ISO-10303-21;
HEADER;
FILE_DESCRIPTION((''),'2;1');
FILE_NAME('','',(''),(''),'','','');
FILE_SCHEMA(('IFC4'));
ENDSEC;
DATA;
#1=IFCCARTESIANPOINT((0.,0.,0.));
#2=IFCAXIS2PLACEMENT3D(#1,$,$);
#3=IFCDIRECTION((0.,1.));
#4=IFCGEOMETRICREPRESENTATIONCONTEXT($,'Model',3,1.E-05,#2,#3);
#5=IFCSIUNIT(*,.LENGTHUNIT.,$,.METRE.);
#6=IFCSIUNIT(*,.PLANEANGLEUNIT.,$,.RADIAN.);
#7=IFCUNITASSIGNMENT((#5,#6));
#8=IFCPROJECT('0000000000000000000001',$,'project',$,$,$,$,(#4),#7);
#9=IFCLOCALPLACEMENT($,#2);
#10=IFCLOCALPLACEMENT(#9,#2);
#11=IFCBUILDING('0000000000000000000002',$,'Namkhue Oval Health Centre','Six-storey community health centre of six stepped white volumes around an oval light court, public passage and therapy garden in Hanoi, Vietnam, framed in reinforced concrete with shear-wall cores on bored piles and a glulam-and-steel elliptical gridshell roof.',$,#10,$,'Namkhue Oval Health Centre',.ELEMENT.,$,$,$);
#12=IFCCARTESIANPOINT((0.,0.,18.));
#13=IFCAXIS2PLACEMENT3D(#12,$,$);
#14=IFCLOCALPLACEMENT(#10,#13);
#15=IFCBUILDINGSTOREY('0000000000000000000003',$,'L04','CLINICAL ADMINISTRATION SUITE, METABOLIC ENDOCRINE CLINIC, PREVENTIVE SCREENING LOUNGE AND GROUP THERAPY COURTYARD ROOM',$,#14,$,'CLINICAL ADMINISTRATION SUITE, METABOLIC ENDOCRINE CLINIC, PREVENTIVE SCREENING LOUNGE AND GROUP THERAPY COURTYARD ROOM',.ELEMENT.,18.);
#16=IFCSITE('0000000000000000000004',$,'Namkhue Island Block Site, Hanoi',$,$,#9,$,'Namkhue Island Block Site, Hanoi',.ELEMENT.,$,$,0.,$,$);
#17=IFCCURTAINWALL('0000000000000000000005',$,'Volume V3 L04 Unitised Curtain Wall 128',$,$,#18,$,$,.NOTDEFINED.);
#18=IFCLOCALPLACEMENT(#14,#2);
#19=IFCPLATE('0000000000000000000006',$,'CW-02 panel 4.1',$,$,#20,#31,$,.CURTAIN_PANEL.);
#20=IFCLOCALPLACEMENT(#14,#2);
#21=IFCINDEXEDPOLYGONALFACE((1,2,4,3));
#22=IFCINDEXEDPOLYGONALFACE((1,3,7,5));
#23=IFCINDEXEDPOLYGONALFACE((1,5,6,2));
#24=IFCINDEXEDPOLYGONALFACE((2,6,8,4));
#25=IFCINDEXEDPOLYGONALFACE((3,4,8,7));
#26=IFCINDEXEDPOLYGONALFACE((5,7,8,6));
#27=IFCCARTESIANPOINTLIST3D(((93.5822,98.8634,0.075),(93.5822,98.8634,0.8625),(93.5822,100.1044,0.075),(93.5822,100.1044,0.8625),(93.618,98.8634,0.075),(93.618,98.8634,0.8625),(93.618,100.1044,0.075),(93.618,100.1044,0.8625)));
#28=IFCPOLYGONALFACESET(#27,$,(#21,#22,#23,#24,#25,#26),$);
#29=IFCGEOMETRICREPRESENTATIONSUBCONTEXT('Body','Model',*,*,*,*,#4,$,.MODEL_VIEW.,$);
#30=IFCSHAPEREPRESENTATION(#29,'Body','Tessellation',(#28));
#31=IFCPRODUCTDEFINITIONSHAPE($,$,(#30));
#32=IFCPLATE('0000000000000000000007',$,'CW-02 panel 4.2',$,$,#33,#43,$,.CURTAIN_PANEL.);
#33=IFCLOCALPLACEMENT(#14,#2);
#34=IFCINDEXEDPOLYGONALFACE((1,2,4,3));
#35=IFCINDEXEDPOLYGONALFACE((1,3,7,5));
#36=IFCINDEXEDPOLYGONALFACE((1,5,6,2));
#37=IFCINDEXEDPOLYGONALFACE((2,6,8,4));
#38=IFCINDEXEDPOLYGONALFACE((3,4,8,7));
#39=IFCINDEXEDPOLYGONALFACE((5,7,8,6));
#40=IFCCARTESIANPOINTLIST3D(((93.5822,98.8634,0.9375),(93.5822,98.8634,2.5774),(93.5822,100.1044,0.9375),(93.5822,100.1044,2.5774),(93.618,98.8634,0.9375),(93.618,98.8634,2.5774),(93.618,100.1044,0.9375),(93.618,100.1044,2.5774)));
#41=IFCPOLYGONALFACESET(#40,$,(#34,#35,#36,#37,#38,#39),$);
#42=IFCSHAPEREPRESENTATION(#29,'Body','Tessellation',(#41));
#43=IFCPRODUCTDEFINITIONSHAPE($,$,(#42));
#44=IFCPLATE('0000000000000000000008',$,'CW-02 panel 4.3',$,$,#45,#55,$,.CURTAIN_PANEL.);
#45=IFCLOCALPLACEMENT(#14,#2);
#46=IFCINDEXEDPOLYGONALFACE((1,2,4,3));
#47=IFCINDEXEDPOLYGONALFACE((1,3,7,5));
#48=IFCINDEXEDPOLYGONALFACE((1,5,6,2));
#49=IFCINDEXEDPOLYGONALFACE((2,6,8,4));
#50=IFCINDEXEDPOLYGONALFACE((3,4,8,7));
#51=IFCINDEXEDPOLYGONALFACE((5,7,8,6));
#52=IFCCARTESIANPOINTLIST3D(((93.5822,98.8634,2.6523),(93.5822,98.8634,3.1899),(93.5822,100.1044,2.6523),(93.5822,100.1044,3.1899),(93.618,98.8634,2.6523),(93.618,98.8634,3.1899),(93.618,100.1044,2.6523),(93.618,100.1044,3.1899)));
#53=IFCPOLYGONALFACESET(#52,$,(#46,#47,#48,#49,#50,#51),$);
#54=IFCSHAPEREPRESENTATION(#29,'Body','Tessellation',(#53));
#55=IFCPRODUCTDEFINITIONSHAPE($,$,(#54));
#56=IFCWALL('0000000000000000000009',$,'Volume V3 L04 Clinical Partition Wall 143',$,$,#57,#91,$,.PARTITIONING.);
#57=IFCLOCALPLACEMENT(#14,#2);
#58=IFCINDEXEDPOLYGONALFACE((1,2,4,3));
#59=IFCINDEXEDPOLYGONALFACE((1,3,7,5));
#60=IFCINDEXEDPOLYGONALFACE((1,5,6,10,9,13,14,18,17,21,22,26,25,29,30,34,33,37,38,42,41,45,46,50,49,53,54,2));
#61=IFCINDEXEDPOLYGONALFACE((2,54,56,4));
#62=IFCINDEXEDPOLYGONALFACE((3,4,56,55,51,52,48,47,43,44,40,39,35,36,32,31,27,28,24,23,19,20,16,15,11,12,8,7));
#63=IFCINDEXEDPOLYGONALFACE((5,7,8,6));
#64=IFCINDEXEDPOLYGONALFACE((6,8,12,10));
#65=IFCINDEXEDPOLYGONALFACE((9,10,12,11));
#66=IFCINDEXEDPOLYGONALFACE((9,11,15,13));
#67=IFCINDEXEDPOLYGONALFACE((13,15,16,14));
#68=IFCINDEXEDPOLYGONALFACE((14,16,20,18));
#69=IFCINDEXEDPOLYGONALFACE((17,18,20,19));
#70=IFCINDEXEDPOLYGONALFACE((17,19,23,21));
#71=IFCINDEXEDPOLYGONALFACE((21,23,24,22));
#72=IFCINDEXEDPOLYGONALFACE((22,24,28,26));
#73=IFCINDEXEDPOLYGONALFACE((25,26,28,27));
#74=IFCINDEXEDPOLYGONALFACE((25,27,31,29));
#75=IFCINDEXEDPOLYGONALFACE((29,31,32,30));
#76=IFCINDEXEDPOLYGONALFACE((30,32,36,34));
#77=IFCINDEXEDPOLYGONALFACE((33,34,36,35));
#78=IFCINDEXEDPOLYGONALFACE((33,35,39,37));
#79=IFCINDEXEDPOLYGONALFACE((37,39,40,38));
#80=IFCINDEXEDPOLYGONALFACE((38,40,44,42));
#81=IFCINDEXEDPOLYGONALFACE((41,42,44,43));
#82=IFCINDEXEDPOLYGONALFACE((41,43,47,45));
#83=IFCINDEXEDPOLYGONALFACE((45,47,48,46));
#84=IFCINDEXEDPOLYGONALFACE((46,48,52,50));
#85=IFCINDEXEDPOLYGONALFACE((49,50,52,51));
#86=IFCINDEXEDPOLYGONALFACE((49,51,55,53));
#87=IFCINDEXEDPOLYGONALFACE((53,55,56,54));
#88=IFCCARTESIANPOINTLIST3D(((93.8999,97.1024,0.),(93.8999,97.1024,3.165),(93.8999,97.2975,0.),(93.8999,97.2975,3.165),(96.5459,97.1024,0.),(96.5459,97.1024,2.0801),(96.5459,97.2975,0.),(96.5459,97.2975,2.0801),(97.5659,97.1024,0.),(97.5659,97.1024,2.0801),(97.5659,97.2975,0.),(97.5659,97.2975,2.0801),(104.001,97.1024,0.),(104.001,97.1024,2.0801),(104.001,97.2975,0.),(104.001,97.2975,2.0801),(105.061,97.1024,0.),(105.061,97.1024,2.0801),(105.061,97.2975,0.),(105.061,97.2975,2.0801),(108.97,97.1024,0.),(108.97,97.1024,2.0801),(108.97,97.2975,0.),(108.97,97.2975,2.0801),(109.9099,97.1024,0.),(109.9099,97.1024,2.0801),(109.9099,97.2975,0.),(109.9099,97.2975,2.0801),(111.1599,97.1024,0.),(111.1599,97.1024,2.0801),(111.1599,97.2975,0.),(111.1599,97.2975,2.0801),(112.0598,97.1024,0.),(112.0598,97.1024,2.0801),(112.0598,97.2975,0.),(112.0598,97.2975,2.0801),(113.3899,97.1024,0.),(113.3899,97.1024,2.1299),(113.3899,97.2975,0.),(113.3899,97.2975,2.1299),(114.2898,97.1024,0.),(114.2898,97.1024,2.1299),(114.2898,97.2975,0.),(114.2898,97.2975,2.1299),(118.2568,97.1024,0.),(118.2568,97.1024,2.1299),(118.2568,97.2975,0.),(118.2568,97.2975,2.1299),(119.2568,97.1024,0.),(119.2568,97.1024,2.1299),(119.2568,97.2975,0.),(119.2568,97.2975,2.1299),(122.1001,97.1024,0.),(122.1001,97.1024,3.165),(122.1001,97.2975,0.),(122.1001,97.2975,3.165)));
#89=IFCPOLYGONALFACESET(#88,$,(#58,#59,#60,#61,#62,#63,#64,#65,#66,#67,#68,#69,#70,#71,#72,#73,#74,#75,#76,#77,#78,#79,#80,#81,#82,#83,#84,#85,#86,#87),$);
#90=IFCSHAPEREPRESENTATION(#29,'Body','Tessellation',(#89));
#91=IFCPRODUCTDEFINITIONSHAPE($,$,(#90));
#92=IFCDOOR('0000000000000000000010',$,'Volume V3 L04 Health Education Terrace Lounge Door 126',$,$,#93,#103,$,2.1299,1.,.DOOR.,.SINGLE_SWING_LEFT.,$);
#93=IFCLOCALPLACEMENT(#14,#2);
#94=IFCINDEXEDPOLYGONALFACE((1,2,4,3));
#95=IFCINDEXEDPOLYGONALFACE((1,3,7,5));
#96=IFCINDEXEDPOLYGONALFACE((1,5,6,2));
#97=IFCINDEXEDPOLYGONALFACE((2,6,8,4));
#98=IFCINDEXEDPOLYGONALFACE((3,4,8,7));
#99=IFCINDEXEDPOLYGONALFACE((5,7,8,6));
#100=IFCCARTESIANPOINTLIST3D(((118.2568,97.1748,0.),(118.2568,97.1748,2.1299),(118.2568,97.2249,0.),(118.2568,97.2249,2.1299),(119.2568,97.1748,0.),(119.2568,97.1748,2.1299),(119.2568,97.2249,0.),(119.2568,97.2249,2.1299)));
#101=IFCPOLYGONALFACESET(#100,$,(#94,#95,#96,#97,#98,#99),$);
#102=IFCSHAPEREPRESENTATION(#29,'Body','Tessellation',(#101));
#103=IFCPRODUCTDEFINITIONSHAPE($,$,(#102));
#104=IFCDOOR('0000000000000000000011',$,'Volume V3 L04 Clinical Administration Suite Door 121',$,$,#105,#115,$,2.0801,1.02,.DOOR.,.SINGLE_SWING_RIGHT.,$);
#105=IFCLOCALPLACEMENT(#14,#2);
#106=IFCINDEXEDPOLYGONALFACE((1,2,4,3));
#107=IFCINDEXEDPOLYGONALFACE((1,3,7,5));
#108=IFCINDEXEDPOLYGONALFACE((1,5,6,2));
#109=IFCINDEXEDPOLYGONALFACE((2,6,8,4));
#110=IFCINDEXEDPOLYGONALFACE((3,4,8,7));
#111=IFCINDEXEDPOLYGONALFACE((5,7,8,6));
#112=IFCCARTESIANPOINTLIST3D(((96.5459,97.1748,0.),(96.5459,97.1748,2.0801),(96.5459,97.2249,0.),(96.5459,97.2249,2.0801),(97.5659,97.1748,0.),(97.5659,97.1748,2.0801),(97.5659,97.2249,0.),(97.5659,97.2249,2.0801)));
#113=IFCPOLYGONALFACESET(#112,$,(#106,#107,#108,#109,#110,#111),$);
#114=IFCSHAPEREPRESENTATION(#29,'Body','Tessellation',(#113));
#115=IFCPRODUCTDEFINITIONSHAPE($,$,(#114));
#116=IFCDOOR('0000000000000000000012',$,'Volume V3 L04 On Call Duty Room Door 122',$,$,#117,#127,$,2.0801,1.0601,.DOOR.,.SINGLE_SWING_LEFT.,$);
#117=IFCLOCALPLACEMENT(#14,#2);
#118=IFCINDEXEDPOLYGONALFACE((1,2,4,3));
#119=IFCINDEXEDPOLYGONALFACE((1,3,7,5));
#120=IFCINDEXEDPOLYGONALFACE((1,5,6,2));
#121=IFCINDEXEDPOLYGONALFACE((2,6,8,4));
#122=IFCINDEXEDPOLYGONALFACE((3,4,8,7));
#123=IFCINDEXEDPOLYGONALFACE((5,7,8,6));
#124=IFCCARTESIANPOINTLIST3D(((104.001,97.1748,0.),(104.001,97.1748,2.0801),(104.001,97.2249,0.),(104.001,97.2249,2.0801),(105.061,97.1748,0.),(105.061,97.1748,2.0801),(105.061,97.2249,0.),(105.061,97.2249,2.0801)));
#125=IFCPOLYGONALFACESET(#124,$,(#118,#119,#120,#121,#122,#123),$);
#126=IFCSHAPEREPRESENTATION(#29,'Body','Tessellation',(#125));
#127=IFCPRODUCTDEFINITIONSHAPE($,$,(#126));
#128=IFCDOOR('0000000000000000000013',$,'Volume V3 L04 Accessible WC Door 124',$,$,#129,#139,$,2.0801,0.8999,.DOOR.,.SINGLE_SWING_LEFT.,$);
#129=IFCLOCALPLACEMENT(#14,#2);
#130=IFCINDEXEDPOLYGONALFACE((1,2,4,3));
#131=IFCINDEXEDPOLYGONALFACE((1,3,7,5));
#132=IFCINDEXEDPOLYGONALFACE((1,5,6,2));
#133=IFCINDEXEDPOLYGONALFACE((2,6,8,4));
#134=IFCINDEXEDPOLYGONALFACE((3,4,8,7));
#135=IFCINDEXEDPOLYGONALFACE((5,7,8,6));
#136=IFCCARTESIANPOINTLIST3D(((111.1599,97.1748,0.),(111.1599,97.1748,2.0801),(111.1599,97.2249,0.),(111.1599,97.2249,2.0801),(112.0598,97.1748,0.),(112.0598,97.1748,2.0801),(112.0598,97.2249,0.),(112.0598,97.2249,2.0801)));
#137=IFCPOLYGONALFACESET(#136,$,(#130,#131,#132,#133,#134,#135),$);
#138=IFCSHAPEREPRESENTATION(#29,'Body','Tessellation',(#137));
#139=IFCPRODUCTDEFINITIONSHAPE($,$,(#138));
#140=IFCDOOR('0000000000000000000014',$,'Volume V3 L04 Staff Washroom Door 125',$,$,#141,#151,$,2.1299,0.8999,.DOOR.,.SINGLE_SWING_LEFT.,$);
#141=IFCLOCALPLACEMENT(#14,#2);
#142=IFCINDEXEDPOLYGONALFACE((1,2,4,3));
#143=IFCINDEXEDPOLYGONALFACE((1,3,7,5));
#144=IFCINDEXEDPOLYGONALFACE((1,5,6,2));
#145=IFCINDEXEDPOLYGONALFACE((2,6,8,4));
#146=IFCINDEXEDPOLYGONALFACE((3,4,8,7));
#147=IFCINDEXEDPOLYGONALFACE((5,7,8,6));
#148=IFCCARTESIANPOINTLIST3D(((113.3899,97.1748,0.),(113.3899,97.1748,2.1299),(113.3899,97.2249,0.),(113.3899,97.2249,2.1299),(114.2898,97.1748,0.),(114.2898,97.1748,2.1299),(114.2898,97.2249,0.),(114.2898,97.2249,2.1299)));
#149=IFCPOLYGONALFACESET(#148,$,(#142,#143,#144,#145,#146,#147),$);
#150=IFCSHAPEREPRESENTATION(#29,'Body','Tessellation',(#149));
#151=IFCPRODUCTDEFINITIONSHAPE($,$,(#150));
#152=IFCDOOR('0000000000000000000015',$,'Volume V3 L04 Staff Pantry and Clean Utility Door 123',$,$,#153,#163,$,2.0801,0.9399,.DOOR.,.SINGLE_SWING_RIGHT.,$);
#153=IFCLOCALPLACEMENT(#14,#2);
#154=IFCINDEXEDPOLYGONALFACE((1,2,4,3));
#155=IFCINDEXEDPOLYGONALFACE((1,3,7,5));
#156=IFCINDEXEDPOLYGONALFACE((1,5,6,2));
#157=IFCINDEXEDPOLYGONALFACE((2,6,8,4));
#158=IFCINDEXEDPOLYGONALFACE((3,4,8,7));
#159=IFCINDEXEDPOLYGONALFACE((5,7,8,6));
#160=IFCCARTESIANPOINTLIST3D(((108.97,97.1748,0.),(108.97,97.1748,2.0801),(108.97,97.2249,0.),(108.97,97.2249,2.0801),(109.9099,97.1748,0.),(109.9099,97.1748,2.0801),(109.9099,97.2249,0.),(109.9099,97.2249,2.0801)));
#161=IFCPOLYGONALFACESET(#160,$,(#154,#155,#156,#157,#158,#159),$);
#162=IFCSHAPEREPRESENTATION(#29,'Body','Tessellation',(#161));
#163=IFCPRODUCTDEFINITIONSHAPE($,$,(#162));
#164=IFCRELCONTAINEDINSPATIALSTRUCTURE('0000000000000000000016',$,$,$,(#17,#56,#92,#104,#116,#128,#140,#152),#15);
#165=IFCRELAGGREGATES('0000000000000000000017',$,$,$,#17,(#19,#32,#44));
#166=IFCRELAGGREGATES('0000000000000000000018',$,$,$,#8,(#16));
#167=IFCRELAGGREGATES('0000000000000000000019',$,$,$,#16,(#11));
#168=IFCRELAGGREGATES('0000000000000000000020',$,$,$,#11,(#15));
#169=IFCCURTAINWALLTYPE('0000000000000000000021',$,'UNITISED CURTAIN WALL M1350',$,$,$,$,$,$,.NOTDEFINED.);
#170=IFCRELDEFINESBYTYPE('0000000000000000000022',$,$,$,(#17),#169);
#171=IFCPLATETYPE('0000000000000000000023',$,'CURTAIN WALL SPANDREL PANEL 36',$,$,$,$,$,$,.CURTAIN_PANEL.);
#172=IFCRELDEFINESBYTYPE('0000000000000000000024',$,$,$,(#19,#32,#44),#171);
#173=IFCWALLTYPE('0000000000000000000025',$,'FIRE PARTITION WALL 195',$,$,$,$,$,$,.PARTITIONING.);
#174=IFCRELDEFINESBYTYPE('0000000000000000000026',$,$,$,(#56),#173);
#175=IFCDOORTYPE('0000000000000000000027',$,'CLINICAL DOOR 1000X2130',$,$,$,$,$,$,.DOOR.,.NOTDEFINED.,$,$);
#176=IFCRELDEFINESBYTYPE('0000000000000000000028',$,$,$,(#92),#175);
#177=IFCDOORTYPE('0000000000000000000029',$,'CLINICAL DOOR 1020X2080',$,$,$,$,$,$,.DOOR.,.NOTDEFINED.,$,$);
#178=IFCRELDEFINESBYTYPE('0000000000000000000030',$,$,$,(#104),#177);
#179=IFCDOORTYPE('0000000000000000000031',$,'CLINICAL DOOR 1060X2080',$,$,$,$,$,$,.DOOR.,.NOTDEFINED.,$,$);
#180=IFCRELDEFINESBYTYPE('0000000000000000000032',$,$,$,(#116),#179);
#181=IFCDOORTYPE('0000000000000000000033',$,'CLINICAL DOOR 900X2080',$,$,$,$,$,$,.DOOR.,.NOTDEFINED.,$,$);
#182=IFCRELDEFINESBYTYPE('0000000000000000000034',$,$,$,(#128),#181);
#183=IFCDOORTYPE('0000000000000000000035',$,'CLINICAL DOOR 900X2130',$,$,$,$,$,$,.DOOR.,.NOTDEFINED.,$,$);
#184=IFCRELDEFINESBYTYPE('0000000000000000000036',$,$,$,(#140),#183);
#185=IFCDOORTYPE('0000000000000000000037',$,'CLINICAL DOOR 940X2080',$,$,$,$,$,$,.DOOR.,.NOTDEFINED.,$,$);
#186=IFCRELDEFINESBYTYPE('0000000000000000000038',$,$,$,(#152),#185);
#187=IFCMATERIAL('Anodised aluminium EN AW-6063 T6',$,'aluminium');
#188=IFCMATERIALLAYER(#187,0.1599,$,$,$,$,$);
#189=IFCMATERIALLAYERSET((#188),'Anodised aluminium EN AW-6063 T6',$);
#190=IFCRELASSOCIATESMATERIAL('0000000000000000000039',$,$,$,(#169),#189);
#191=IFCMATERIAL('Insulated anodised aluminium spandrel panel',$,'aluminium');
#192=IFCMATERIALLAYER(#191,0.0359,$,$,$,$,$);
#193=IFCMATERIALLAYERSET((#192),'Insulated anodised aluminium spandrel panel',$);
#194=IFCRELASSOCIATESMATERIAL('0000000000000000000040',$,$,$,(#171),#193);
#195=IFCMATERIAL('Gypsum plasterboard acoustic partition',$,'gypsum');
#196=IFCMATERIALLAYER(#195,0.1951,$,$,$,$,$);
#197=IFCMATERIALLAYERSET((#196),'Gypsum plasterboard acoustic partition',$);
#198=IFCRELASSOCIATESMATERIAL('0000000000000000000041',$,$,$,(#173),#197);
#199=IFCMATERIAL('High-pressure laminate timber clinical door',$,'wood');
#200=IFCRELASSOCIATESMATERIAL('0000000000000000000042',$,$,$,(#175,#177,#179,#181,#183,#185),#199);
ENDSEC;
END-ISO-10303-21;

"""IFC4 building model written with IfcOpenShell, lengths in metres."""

from ifc_helpers import new_model, si_unit, direction, frame, frame_2d, origin, origin_2d, place, context, subcontext, project, spatial, rectangle, extrude, material, layer, layer_set, type_object, element, fill, aggregate, save


model = new_model("IFC4")

# Units and contexts
model_context = context("Model", 3, precision=1e-05, world=origin(), true_north=direction((0.0, 1.0)))
body_context = subcontext(model_context, "Body", "Model", "MODEL_VIEW")
ifc_project = project(units=[si_unit("LENGTHUNIT", "METRE"), si_unit("PLANEANGLEUNIT", "RADIAN")], contexts=[model_context])

# Site, building, storey
site_placement = place(None, origin())
site = spatial("IfcSite", under=ifc_project, at=site_placement, Name="Namkhue Island Block Site, Hanoi", LongName="Namkhue Island Block Site, Hanoi", CompositionType="ELEMENT", RefElevation=0.0)
building_placement = place(site_placement, origin())
building = spatial("IfcBuilding", under=site, at=building_placement, Name="Namkhue Oval Health Centre", Description="Six-storey community health centre of six stepped white volumes around an oval light court, public passage and therapy garden in Hanoi, Vietnam, framed in reinforced concrete with shear-wall cores on bored piles and a glulam-and-steel elliptical gridshell roof.", LongName="Namkhue Oval Health Centre", CompositionType="ELEMENT")
storey_placement = place(building_placement, frame((0.0, 0.0, 18.0)))
storey = spatial("IfcBuildingStorey", under=building, at=storey_placement, Name="L04", Description="CLINICAL ADMINISTRATION SUITE, METABOLIC ENDOCRINE CLINIC, PREVENTIVE SCREENING LOUNGE AND GROUP THERAPY COURTYARD ROOM", LongName="CLINICAL ADMINISTRATION SUITE, METABOLIC ENDOCRINE CLINIC, PREVENTIVE SCREENING LOUNGE AND GROUP THERAPY COURTYARD ROOM", CompositionType="ELEMENT", Elevation=18.0)

# Curtain wall
ifc_material_1 = material(Name="Anodised aluminium EN AW-6063 T6", Category="aluminium")
ifc_layer_1 = layer(ifc_material_1, 0.1599)
ifc_layer_set_1 = layer_set([ifc_layer_1], Name="Anodised aluminium EN AW-6063 T6")
curtain_wall_type = type_object("IfcCurtainWallType", Name="UNITISED CURTAIN WALL M1350", PredefinedType="NOTDEFINED", material=ifc_layer_set_1)
curtain_wall_placement = place(storey_placement, origin())
curtain_wall = element("IfcCurtainWall", 1, at=curtain_wall_placement, inside=storey, type_object=curtain_wall_type, Name="Volume V3 L04 Unitised Curtain Wall 128", PredefinedType="NOTDEFINED")

# Plates
ifc_material_2 = material(Name="Insulated anodised aluminium spandrel panel", Category="aluminium")
ifc_layer_2 = layer(ifc_material_2, 0.0359)
ifc_layer_set_2 = layer_set([ifc_layer_2], Name="Insulated anodised aluminium spandrel panel")
plate_type = type_object("IfcPlateType", Name="CURTAIN WALL SPANDREL PANEL 36", PredefinedType="CURTAIN_PANEL", material=ifc_layer_set_2)
plate_1_placement = place(storey_placement, frame((93.6001, 99.4839, 0.075), z_axis=(0.0, 0.0, 1.0), x_axis=(0.0, -1.0, 0.0)))
plate_1 = element("IfcPlate", 2, at=plate_1_placement, type_object=plate_type, Name="CW-02 panel 4.1", PredefinedType="CURTAIN_PANEL", context=body_context, shape_type="SweptSolid", body=[
    extrude(rectangle(XDim=1.241, YDim=0.0359, at=origin_2d()), origin(), (0.0, 0.0, 1.0), 0.7876),
])
plate_2_placement = place(storey_placement, frame((93.6001, 99.4839, 0.9375), z_axis=(0.0, 0.0, 1.0), x_axis=(0.0, -1.0, 0.0)))
plate_2 = element("IfcPlate", 3, at=plate_2_placement, type_object=plate_type, Name="CW-02 panel 4.2", PredefinedType="CURTAIN_PANEL", context=body_context, shape_type="SweptSolid", body=[
    extrude(rectangle(XDim=1.241, YDim=0.0359, at=origin_2d()), origin(), (0.0, 0.0, 1.0), 1.6399),
])
plate_3_placement = place(storey_placement, frame((93.6001, 99.4839, 2.6523), z_axis=(0.0, 0.0, 1.0), x_axis=(0.0, -1.0, 0.0)))
plate_3 = element("IfcPlate", 4, at=plate_3_placement, type_object=plate_type, Name="CW-02 panel 4.3", PredefinedType="CURTAIN_PANEL", context=body_context, shape_type="SweptSolid", body=[
    extrude(rectangle(XDim=1.241, YDim=0.0359, at=origin_2d()), origin(), (0.0, 0.0, 1.0), 0.5376),
])
aggregate(curtain_wall, [plate_1, plate_2, plate_3])

# Wall, openings, doors
ifc_material_3 = material(Name="Gypsum plasterboard acoustic partition", Category="gypsum")
ifc_layer_3 = layer(ifc_material_3, 0.1951)
ifc_layer_set_3 = layer_set([ifc_layer_3], Name="Gypsum plasterboard acoustic partition")
wall_type_1 = type_object("IfcWallType", Name="FIRE PARTITION WALL 195", PredefinedType="PARTITIONING", material=ifc_layer_set_3)
wall_1_placement = place(storey_placement, frame((93.8999, 97.2, 0.0), z_axis=(0.0, 0.0, 1.0), x_axis=(1.0, 0.0, 0.0)))
wall_1 = element("IfcWall", 5, at=wall_1_placement, inside=storey, type_object=wall_type_1, Name="Volume V3 L04 Clinical Partition Wall 143", PredefinedType="PARTITIONING", context=body_context, shape_type="SweptSolid", body=[
    extrude(rectangle(XDim=28.2002, YDim=0.1951, at=frame_2d((14.1001, 0.0))), origin(), (0.0, 0.0, 1.0), 3.165),
])
opening_1_placement = place(wall_1_placement, frame((2.646, 0.0, 0.0)))
opening_1 = element("IfcOpeningElement", 6, at=opening_1_placement, cuts=wall_1, PredefinedType="OPENING", context=body_context, shape_type="SweptSolid", body=[
    extrude(rectangle(XDim=1.02, YDim=2.0801, at=frame_2d((0.51, 1.04))), frame((0.0, 0.1074, 0.0), z_axis=(0.0, -1.0, 0.0), x_axis=(1.0, 0.0, 0.0)), (0.0, 0.0, 1.0), 0.2151),
])
opening_2_placement = place(wall_1_placement, frame((10.1011, 0.0, 0.0)))
opening_2 = element("IfcOpeningElement", 7, at=opening_2_placement, cuts=wall_1, PredefinedType="OPENING", context=body_context, shape_type="SweptSolid", body=[
    extrude(rectangle(XDim=1.0601, YDim=2.0801, at=frame_2d((0.53, 1.04))), frame((0.0, 0.1074, 0.0), z_axis=(0.0, -1.0, 0.0), x_axis=(1.0, 0.0, 0.0)), (0.0, 0.0, 1.0), 0.2151),
])
opening_3_placement = place(wall_1_placement, frame((15.0701, 0.0, 0.0)))
opening_3 = element("IfcOpeningElement", 8, at=opening_3_placement, cuts=wall_1, PredefinedType="OPENING", context=body_context, shape_type="SweptSolid", body=[
    extrude(rectangle(XDim=0.9399, YDim=2.0801, at=frame_2d((0.47, 1.04))), frame((0.0, 0.1074, 0.0), z_axis=(0.0, -1.0, 0.0), x_axis=(1.0, 0.0, 0.0)), (0.0, 0.0, 1.0), 0.2151),
])
opening_4_placement = place(wall_1_placement, frame((17.26, 0.0, 0.0)))
opening_4 = element("IfcOpeningElement", 9, at=opening_4_placement, cuts=wall_1, PredefinedType="OPENING", context=body_context, shape_type="SweptSolid", body=[
    extrude(rectangle(XDim=0.8999, YDim=2.0801, at=frame_2d((0.45, 1.04))), frame((0.0, 0.1074, 0.0), z_axis=(0.0, -1.0, 0.0), x_axis=(1.0, 0.0, 0.0)), (0.0, 0.0, 1.0), 0.2151),
])
opening_5_placement = place(wall_1_placement, frame((19.49, 0.0, 0.0)))
opening_5 = element("IfcOpeningElement", 10, at=opening_5_placement, cuts=wall_1, PredefinedType="OPENING", context=body_context, shape_type="SweptSolid", body=[
    extrude(rectangle(XDim=0.8999, YDim=2.1299, at=frame_2d((0.45, 1.0649))), frame((0.0, 0.1074, 0.0), z_axis=(0.0, -1.0, 0.0), x_axis=(1.0, 0.0, 0.0)), (0.0, 0.0, 1.0), 0.2151),
])
opening_6_placement = place(wall_1_placement, frame((24.3569, 0.0, 0.0)))
opening_6 = element("IfcOpeningElement", 11, at=opening_6_placement, cuts=wall_1, PredefinedType="OPENING", context=body_context, shape_type="SweptSolid", body=[
    extrude(rectangle(XDim=1.0, YDim=2.1299, at=frame_2d((0.5, 1.0649))), frame((0.0, 0.1074, 0.0), z_axis=(0.0, -1.0, 0.0), x_axis=(1.0, 0.0, 0.0)), (0.0, 0.0, 1.0), 0.2151),
])
ifc_material_4 = material(Name="High-pressure laminate timber clinical door", Category="wood")
door_type_1 = type_object("IfcDoorType", Name="CLINICAL DOOR 1000X2130", OperationType="NOTDEFINED", PredefinedType="DOOR", material=ifc_material_4)
door_1_placement = place(opening_6_placement, origin())
door_1 = element("IfcDoor", 12, at=door_1_placement, inside=storey, type_object=door_type_1, Name="Volume V3 L04 Health Education Terrace Lounge Door 126", OperationType="SINGLE_SWING_LEFT", OverallHeight=2.1299, OverallWidth=1.0, PredefinedType="DOOR", context=body_context, shape_type="SweptSolid", body=[
    extrude(rectangle(XDim=1.0, YDim=2.1299, at=frame_2d((0.5, 1.0649))), frame((0.0, 0.0249, 0.0), z_axis=(0.0, -1.0, 0.0), x_axis=(1.0, 0.0, 0.0)), (0.0, 0.0, 1.0), 0.05),
])
fill(opening_6, door_1)
door_type_2 = type_object("IfcDoorType", Name="CLINICAL DOOR 1020X2080", OperationType="NOTDEFINED", PredefinedType="DOOR", material=ifc_material_4)
door_2_placement = place(opening_1_placement, origin())
door_2 = element("IfcDoor", 13, at=door_2_placement, inside=storey, type_object=door_type_2, Name="Volume V3 L04 Clinical Administration Suite Door 121", OperationType="SINGLE_SWING_RIGHT", OverallHeight=2.0801, OverallWidth=1.02, PredefinedType="DOOR", context=body_context, shape_type="SweptSolid", body=[
    extrude(rectangle(XDim=1.02, YDim=2.0801, at=frame_2d((0.51, 1.04))), frame((0.0, 0.0249, 0.0), z_axis=(0.0, -1.0, 0.0), x_axis=(1.0, 0.0, 0.0)), (0.0, 0.0, 1.0), 0.05),
])
fill(opening_1, door_2)
door_type_3 = type_object("IfcDoorType", Name="CLINICAL DOOR 1060X2080", OperationType="NOTDEFINED", PredefinedType="DOOR", material=ifc_material_4)
door_3_placement = place(opening_2_placement, origin())
door_3 = element("IfcDoor", 14, at=door_3_placement, inside=storey, type_object=door_type_3, Name="Volume V3 L04 On Call Duty Room Door 122", OperationType="SINGLE_SWING_LEFT", OverallHeight=2.0801, OverallWidth=1.0601, PredefinedType="DOOR", context=body_context, shape_type="SweptSolid", body=[
    extrude(rectangle(XDim=1.0601, YDim=2.0801, at=frame_2d((0.53, 1.04))), frame((0.0, 0.0249, 0.0), z_axis=(0.0, -1.0, 0.0), x_axis=(1.0, 0.0, 0.0)), (0.0, 0.0, 1.0), 0.05),
])
fill(opening_2, door_3)
door_type_4 = type_object("IfcDoorType", Name="CLINICAL DOOR 900X2080", OperationType="NOTDEFINED", PredefinedType="DOOR", material=ifc_material_4)
door_4_placement = place(opening_4_placement, origin())
door_4 = element("IfcDoor", 15, at=door_4_placement, inside=storey, type_object=door_type_4, Name="Volume V3 L04 Accessible WC Door 124", OperationType="SINGLE_SWING_LEFT", OverallHeight=2.0801, OverallWidth=0.8999, PredefinedType="DOOR", context=body_context, shape_type="SweptSolid", body=[
    extrude(rectangle(XDim=0.8999, YDim=2.0801, at=frame_2d((0.45, 1.04))), frame((0.0, 0.0249, 0.0), z_axis=(0.0, -1.0, 0.0), x_axis=(1.0, 0.0, 0.0)), (0.0, 0.0, 1.0), 0.05),
])
fill(opening_4, door_4)
door_type_5 = type_object("IfcDoorType", Name="CLINICAL DOOR 900X2130", OperationType="NOTDEFINED", PredefinedType="DOOR", material=ifc_material_4)
door_5_placement = place(opening_5_placement, origin())
door_5 = element("IfcDoor", 16, at=door_5_placement, inside=storey, type_object=door_type_5, Name="Volume V3 L04 Staff Washroom Door 125", OperationType="SINGLE_SWING_LEFT", OverallHeight=2.1299, OverallWidth=0.8999, PredefinedType="DOOR", context=body_context, shape_type="SweptSolid", body=[
    extrude(rectangle(XDim=0.8999, YDim=2.1299, at=frame_2d((0.45, 1.0649))), frame((0.0, 0.0249, 0.0), z_axis=(0.0, -1.0, 0.0), x_axis=(1.0, 0.0, 0.0)), (0.0, 0.0, 1.0), 0.05),
])
fill(opening_5, door_5)
door_type_6 = type_object("IfcDoorType", Name="CLINICAL DOOR 940X2080", OperationType="NOTDEFINED", PredefinedType="DOOR", material=ifc_material_4)
door_6_placement = place(opening_3_placement, origin())
door_6 = element("IfcDoor", 17, at=door_6_placement, inside=storey, type_object=door_type_6, Name="Volume V3 L04 Staff Pantry and Clean Utility Door 123", OperationType="SINGLE_SWING_RIGHT", OverallHeight=2.0801, OverallWidth=0.9399, PredefinedType="DOOR", context=body_context, shape_type="SweptSolid", body=[
    extrude(rectangle(XDim=0.9399, YDim=2.0801, at=frame_2d((0.47, 1.04))), frame((0.0, 0.0249, 0.0), z_axis=(0.0, -1.0, 0.0), x_axis=(1.0, 0.0, 0.0)), (0.0, 0.0, 1.0), 0.05),
])
fill(opening_3, door_6)

save(model, "model.ifc")
